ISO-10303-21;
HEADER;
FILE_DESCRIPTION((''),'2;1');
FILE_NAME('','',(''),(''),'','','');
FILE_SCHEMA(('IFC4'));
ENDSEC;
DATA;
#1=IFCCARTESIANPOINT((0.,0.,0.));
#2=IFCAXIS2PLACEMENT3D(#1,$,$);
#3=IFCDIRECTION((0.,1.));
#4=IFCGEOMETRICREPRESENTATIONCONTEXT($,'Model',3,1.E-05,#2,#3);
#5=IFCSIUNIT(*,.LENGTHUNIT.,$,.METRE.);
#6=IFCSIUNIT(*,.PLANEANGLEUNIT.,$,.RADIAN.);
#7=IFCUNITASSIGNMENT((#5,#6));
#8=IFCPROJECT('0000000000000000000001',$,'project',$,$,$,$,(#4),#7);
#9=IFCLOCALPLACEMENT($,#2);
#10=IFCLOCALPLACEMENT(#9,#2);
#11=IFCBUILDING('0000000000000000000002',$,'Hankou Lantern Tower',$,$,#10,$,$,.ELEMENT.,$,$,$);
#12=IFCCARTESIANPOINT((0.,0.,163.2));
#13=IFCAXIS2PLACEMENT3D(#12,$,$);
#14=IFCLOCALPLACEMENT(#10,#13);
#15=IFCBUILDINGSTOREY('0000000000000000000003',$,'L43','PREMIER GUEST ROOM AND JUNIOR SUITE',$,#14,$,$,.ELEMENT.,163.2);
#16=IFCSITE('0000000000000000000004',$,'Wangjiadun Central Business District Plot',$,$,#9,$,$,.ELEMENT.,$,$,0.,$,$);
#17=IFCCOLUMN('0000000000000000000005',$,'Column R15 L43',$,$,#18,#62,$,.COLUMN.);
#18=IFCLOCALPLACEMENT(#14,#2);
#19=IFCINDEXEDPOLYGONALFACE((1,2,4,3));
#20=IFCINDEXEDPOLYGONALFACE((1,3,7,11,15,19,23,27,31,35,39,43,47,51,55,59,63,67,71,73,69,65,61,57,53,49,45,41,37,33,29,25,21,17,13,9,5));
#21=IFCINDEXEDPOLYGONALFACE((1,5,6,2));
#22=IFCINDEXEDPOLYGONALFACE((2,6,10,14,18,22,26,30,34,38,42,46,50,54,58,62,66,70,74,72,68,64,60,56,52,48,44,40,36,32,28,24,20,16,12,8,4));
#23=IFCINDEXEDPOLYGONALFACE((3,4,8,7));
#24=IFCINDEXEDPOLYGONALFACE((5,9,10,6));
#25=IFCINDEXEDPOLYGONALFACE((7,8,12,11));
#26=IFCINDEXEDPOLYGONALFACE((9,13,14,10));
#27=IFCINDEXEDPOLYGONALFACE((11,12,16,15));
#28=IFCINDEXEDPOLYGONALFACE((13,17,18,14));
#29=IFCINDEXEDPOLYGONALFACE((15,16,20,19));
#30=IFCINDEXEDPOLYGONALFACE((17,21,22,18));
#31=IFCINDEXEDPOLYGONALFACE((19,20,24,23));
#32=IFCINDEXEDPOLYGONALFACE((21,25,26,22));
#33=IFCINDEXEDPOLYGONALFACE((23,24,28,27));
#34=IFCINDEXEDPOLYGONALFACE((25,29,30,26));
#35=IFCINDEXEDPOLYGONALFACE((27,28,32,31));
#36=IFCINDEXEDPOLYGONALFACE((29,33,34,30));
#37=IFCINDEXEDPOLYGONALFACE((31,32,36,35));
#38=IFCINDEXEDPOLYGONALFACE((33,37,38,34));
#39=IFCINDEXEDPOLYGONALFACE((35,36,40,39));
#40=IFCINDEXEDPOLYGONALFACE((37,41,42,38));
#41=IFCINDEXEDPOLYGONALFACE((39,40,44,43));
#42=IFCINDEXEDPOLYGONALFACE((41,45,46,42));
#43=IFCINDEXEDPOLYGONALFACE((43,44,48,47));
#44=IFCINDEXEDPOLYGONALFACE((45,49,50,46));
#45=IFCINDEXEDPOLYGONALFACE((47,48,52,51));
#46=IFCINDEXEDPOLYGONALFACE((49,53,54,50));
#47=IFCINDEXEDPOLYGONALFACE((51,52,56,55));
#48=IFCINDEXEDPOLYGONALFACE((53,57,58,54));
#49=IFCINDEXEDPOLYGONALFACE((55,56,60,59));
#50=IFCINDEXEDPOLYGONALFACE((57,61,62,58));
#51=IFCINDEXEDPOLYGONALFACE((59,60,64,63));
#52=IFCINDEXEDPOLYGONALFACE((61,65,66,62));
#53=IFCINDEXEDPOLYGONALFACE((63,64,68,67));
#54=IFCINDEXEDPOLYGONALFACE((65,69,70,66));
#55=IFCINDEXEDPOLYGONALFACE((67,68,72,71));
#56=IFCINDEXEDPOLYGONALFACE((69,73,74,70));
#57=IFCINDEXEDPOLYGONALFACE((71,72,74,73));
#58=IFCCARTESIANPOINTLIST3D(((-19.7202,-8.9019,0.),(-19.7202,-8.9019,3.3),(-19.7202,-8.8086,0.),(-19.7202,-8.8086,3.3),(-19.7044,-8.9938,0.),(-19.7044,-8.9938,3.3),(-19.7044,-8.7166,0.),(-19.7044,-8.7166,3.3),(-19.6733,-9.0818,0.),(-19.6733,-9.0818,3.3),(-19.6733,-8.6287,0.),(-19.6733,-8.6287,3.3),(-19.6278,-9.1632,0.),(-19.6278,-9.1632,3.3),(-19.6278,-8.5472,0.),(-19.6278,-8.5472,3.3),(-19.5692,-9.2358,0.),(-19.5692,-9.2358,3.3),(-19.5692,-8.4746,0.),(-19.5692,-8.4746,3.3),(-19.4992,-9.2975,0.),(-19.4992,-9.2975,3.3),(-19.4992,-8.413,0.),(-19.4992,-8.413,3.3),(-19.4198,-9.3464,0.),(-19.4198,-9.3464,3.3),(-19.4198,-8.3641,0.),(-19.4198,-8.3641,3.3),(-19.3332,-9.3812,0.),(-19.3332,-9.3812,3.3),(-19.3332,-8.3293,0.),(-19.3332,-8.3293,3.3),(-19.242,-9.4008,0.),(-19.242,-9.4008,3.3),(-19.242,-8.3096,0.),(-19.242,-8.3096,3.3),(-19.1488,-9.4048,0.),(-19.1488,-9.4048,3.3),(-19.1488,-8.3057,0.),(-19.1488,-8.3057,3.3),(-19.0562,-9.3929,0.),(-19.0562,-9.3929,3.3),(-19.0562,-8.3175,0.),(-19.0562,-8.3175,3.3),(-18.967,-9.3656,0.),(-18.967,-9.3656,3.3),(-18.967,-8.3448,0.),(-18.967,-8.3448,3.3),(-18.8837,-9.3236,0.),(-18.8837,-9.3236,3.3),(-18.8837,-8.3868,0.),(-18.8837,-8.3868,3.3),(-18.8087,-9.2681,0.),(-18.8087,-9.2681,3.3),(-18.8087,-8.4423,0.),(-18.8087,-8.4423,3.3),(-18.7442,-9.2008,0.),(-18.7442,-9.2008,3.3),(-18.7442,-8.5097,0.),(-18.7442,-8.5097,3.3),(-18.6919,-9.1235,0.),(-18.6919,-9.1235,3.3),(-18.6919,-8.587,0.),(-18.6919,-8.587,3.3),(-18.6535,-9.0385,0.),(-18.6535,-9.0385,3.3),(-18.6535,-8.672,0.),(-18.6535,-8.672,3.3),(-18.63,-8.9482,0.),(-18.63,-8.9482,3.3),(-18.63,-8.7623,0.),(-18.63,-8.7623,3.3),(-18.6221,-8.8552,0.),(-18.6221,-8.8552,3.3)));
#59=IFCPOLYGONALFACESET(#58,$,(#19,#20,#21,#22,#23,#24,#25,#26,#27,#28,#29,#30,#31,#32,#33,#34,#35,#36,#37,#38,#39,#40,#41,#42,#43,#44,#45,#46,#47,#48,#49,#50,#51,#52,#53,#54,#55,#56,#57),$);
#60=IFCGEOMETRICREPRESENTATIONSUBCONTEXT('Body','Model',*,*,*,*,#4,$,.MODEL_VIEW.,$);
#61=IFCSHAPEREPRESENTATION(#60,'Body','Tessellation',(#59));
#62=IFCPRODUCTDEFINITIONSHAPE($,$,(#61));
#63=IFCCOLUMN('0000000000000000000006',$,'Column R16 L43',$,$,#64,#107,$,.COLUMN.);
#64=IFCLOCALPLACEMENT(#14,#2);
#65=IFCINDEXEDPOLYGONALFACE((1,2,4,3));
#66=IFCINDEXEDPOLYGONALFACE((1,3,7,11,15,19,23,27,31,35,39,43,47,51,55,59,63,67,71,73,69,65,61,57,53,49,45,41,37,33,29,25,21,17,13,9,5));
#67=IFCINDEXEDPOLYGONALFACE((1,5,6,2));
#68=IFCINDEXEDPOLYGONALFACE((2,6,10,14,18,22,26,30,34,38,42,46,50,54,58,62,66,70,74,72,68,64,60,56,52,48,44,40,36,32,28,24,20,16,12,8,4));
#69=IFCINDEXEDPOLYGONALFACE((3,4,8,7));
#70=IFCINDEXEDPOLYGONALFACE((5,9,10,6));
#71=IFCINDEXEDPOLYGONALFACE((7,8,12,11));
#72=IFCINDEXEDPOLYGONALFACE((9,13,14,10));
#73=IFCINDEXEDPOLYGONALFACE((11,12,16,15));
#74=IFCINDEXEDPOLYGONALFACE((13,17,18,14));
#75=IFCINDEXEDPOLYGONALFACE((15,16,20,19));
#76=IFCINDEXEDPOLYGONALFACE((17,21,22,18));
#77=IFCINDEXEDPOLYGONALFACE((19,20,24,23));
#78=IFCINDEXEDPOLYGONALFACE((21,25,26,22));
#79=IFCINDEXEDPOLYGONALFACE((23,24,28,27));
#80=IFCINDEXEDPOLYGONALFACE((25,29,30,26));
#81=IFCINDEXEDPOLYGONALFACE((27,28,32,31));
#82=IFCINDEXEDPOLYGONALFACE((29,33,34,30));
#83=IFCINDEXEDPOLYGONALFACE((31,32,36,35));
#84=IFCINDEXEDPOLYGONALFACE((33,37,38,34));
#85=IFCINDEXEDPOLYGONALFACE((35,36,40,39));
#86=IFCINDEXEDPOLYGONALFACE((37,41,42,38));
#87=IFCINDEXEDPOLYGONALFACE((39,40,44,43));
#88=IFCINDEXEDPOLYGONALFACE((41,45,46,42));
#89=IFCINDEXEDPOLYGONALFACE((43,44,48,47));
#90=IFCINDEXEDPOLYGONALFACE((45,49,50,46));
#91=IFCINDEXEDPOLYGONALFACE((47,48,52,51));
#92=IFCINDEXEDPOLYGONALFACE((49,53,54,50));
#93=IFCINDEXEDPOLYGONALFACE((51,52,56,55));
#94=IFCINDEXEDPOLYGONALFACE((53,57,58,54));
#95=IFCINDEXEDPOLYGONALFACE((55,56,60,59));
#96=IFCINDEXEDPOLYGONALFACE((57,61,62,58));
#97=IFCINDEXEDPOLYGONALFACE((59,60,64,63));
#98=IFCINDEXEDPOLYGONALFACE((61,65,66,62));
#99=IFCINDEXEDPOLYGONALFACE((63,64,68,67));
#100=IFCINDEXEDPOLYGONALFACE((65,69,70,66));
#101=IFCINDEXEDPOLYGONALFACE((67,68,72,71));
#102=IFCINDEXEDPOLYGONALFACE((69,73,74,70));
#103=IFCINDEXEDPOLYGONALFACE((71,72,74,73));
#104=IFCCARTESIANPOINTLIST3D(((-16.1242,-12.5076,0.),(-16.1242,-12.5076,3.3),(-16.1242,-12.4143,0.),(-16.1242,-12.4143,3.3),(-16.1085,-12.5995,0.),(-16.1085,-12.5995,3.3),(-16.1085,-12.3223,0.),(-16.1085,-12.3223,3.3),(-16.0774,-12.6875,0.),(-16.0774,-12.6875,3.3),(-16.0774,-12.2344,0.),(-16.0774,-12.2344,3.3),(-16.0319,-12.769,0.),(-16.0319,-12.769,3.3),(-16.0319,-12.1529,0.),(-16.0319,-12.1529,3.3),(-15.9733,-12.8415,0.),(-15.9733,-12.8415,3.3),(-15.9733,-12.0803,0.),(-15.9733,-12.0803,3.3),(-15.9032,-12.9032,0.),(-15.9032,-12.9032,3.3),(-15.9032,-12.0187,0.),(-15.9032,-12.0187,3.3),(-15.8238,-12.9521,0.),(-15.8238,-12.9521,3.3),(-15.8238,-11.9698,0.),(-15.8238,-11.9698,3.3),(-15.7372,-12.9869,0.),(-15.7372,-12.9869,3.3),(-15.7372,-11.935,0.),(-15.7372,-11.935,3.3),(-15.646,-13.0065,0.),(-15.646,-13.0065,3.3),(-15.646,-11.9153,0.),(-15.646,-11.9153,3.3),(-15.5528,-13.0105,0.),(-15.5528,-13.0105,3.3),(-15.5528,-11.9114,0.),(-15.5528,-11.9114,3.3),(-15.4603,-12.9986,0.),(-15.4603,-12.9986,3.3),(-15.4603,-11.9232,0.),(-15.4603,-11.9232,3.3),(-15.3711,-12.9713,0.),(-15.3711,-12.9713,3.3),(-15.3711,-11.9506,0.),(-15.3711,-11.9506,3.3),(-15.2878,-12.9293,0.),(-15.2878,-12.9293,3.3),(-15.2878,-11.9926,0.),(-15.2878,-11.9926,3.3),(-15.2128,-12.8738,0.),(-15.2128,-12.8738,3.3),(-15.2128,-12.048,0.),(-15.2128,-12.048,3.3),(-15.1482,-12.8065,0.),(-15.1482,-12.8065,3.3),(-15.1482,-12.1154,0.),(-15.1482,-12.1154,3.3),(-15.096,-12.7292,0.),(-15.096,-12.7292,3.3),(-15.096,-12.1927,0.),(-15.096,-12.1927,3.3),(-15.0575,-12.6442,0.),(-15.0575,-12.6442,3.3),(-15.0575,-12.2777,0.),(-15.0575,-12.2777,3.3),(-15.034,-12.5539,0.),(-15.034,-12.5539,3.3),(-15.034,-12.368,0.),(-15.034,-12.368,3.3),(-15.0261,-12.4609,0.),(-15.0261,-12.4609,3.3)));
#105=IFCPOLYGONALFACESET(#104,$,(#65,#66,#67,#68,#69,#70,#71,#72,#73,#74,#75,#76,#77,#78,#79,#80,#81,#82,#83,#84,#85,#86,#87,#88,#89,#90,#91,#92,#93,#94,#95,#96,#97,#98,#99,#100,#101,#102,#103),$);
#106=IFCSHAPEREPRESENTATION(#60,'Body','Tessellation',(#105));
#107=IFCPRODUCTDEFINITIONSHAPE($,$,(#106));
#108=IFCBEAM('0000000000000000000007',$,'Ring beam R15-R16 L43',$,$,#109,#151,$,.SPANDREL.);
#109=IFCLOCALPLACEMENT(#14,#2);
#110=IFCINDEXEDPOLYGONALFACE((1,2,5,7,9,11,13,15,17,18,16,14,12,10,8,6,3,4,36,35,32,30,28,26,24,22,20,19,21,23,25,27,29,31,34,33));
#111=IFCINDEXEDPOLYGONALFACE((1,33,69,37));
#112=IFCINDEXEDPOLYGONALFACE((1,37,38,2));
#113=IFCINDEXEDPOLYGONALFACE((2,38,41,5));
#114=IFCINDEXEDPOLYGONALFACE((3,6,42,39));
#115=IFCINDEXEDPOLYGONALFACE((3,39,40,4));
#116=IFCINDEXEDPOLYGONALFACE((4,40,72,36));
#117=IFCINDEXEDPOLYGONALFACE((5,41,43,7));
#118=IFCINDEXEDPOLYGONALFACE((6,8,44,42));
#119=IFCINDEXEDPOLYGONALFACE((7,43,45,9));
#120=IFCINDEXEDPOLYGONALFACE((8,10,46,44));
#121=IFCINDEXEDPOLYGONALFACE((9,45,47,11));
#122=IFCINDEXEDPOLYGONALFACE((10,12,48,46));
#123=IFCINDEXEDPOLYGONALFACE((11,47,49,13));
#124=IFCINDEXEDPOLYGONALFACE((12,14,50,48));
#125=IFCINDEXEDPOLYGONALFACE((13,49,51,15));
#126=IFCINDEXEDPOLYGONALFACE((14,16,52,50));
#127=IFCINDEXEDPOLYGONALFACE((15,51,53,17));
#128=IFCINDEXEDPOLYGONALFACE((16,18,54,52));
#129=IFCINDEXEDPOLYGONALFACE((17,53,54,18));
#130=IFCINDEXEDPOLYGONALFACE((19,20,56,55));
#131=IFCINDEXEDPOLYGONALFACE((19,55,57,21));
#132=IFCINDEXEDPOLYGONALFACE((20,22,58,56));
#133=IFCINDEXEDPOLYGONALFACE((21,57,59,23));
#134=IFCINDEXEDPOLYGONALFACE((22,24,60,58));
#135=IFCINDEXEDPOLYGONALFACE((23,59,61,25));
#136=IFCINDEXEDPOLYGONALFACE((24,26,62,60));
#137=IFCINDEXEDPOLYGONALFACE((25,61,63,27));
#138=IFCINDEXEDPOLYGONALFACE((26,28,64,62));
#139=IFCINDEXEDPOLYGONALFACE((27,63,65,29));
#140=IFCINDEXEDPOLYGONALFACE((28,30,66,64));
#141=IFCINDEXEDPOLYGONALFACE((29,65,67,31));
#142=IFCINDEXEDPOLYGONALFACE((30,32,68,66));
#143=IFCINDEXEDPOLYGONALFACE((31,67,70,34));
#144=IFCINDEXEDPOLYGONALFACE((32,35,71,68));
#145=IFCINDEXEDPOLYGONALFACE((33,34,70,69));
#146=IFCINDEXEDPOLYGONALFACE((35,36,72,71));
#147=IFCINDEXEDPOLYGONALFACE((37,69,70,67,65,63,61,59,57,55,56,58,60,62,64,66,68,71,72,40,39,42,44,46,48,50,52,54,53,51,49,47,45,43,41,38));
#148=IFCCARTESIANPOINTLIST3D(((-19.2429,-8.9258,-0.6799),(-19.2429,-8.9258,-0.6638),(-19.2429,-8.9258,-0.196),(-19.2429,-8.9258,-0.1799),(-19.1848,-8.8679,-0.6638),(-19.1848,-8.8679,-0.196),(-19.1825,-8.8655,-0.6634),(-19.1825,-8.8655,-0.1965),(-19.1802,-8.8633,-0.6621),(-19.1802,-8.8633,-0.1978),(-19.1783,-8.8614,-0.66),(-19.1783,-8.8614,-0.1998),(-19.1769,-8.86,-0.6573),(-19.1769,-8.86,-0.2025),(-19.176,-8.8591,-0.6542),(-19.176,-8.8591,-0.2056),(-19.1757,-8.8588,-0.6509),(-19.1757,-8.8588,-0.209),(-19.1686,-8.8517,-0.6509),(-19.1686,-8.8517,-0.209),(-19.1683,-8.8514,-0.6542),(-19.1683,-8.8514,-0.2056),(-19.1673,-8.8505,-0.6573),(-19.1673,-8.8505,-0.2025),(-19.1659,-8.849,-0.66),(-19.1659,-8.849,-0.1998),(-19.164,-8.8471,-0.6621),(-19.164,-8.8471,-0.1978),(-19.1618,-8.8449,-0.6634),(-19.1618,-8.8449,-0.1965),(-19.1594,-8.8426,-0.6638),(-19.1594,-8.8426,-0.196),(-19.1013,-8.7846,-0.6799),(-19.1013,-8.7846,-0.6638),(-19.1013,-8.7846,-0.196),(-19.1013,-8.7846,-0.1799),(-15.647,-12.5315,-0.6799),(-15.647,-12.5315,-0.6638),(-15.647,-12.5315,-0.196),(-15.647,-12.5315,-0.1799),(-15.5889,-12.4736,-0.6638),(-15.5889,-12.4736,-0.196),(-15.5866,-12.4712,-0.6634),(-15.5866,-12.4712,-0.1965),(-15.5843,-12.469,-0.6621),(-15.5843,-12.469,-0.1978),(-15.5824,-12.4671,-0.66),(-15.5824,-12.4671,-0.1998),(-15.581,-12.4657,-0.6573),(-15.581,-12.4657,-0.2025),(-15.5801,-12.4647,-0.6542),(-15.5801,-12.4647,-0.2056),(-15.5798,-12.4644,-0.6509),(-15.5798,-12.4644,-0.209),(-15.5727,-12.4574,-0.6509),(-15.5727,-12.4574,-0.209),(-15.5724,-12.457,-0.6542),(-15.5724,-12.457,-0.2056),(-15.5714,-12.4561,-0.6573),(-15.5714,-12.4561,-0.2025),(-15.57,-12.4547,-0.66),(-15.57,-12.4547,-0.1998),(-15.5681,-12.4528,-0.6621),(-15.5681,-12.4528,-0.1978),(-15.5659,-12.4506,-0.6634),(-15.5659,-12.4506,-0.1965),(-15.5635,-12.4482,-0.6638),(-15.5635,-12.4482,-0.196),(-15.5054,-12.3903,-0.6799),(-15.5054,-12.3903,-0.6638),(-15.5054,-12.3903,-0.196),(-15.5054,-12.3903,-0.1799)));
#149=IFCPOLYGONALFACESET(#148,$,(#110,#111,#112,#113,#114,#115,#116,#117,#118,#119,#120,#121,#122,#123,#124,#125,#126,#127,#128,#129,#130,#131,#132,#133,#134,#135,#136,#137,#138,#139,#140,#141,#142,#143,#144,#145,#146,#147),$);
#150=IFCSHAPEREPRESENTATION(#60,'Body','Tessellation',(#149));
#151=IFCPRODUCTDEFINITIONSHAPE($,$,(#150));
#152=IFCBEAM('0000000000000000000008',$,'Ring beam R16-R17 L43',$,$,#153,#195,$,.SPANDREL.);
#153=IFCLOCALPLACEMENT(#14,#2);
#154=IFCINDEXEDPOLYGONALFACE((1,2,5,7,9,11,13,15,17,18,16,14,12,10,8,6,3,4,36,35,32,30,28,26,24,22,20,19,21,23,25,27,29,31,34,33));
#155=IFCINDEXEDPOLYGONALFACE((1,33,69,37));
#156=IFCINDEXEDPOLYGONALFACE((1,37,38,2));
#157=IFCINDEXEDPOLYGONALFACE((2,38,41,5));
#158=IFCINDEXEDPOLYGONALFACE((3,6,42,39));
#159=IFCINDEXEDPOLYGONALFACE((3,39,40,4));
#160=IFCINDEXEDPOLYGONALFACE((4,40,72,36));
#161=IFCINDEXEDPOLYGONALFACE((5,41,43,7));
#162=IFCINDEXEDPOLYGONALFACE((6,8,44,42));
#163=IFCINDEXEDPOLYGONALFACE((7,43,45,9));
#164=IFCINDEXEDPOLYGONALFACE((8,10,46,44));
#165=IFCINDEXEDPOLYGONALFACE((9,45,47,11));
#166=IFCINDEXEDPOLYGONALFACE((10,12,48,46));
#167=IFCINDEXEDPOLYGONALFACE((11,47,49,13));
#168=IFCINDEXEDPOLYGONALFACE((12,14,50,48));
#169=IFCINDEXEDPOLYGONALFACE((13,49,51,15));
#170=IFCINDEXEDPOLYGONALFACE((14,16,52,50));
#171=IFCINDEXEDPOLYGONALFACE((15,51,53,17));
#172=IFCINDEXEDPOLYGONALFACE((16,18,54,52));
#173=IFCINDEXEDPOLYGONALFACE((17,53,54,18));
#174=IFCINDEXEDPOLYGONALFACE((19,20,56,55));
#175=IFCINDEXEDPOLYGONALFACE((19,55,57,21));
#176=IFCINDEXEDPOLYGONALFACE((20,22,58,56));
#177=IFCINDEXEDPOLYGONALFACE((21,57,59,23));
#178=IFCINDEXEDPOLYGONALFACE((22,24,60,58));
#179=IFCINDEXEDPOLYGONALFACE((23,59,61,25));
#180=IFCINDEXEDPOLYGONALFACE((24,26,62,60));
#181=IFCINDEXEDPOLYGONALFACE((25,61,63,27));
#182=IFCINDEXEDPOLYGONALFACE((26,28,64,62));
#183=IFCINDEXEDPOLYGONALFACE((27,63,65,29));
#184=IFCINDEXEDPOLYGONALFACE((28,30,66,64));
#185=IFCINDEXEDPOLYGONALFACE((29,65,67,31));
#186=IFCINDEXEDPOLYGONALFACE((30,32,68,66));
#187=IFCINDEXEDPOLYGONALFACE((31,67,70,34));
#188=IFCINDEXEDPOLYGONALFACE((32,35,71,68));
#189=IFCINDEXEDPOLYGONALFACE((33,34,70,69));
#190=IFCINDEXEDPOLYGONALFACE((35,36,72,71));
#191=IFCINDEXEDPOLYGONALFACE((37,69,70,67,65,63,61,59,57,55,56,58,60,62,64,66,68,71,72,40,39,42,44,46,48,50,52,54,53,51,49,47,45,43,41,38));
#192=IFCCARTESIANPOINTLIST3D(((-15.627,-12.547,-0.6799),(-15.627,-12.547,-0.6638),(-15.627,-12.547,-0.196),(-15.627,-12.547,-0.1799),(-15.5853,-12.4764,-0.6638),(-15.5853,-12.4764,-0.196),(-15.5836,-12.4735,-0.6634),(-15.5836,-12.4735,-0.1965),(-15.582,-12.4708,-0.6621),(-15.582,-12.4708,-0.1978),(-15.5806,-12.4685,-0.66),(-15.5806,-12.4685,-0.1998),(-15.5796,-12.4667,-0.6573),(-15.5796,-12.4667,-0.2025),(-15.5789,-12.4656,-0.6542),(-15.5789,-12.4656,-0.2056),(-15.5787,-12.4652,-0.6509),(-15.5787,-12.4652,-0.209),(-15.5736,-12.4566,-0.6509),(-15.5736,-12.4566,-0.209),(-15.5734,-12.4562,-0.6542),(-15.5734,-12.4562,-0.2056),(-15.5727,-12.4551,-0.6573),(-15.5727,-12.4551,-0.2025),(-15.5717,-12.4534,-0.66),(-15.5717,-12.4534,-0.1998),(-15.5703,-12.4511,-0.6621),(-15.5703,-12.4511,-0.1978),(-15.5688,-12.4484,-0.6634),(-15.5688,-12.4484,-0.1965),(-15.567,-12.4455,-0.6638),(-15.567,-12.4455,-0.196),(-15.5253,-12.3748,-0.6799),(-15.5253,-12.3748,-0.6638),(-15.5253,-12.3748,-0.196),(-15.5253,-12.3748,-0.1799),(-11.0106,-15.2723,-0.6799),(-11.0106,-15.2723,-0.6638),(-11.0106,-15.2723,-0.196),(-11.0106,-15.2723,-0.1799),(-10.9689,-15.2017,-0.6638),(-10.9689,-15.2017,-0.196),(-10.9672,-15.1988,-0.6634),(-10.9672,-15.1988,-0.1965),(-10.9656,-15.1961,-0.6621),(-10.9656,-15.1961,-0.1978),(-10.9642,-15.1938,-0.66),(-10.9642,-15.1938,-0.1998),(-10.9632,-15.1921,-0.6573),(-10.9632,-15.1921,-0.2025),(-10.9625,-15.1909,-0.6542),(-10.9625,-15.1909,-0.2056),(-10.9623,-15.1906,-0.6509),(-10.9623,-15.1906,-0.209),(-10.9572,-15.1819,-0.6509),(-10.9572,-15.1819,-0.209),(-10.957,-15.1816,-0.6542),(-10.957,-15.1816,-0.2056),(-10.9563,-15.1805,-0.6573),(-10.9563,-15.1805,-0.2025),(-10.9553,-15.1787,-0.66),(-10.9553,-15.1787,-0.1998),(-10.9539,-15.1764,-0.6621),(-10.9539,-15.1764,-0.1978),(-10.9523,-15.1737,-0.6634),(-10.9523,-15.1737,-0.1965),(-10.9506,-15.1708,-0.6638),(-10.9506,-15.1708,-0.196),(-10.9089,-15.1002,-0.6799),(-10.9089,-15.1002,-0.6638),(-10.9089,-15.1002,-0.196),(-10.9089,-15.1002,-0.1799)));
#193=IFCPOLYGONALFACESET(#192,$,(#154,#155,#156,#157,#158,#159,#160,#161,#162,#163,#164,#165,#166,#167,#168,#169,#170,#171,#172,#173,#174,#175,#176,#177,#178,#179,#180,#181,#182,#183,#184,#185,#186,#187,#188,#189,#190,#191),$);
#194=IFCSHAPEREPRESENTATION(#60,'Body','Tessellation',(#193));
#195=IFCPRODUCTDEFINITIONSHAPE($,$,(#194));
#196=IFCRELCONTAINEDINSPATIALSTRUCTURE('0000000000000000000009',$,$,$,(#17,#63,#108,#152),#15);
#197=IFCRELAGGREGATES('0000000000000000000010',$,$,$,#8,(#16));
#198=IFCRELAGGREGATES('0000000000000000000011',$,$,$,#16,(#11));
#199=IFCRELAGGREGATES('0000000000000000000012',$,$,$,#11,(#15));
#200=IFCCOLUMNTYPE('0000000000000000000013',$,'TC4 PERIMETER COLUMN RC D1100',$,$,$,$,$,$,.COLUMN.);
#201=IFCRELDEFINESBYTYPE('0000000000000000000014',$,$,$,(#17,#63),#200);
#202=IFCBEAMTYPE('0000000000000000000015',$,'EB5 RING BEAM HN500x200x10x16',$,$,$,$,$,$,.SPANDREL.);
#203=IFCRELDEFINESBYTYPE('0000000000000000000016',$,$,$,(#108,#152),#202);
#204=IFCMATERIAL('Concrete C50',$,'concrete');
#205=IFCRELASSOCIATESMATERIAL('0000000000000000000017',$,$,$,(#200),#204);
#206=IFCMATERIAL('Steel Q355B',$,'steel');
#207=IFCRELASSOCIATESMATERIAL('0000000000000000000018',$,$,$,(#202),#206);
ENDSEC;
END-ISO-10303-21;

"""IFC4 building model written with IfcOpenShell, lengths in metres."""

from ifc_helpers import new_model, si_unit, direction, frame, origin, origin_2d, place, context, subcontext, project, spatial, circle, i_section, extrude, material, material_profile, profile_set, type_object, element, save


model = new_model("IFC4")

# Units and contexts
model_context = context("Model", 3, precision=1e-05, world=origin(), true_north=direction((0.0, 1.0)))
body_context = subcontext(model_context, "Body", "Model", "MODEL_VIEW")
ifc_project = project(units=[si_unit("LENGTHUNIT", "METRE"), si_unit("PLANEANGLEUNIT", "RADIAN")], contexts=[model_context])

# Site, building, storey
site_placement = place(None, origin())
site = spatial("IfcSite", under=ifc_project, at=site_placement, Name="Wangjiadun Central Business District Plot", CompositionType="ELEMENT", RefElevation=0.0)
building_placement = place(site_placement, origin())
building = spatial("IfcBuilding", under=site, at=building_placement, Name="Hankou Lantern Tower", CompositionType="ELEMENT")
storey_placement = place(building_placement, frame((0.0, 0.0, 163.2)))
storey = spatial("IfcBuildingStorey", under=building, at=storey_placement, Name="L43", Description="PREMIER GUEST ROOM AND JUNIOR SUITE", CompositionType="ELEMENT", Elevation=163.2)

# Columns
ifc_material_1 = material(Name="Concrete C50", Category="concrete")
ifc_material_profile_1 = material_profile(ifc_material_1, circle(Radius=0.55, at=origin_2d()), Name="RC D1100")
ifc_profile_set_1 = profile_set([ifc_material_profile_1], Name="Concrete C50")
column_type = type_object("IfcColumnType", Name="TC4 PERIMETER COLUMN RC D1100", PredefinedType="COLUMN", material=ifc_profile_set_1)
for number, where, z_axis, x_axis, name in (
    (1, (-19.1721, -8.8552, 0.0), (0.0, 0.0, 1.0), (1.0, 0.0, 0.0), "Column R15 L43"),
    (2, (-15.5762, -12.4609, 0.0), (0.0, 0.0, 1.0), (1.0, 0.0, 0.0), "Column R16 L43"),
):
    element("IfcColumn", number, at=place(storey_placement, frame(where, z_axis=z_axis, x_axis=x_axis)), inside=storey, type_object=column_type, Name=name, PredefinedType="COLUMN", context=body_context, shape_type="SweptSolid", body=[
        extrude(circle(Radius=0.55, at=origin_2d()), origin(), (0.0, 0.0, 1.0), 3.3),
    ])

# Beams
ifc_material_2 = material(Name="Steel Q355B", Category="steel")
ifc_material_profile_2 = material_profile(ifc_material_2, i_section(OverallWidth=0.2, OverallDepth=0.5, WebThickness=0.01, FlangeThickness=0.0161, FilletRadius=0.0129, at=origin_2d()), Name="HN500x200x10x16")
ifc_profile_set_2 = profile_set([ifc_material_profile_2], Name="Steel Q355B")
beam_type_1 = type_object("IfcBeamType", Name="EB5 RING BEAM HN500x200x10x16", PredefinedType="SPANDREL", material=ifc_profile_set_2)
beam_1_placement = place(storey_placement, frame((-19.1721, -8.8552, -0.4299), z_axis=(0.706147, -0.708065, 0.0), x_axis=(0.708065, 0.706147, 0.0)))
element("IfcBeam", 3, at=beam_1_placement, inside=storey, type_object=beam_type_1, Name="Ring beam R15-R16 L43", PredefinedType="SPANDREL", context=body_context, shape_type="SweptSolid", body=[
    extrude(i_section(OverallWidth=0.2, OverallDepth=0.5, WebThickness=0.01, FlangeThickness=0.0161, FilletRadius=0.0129, at=origin_2d()), origin(), (0.0, 0.0, 1.0), 5.0923),
])
beam_2_placement = place(storey_placement, frame((-15.5762, -12.4609, -0.4299), z_axis=(0.861136, -0.508375, 0.0), x_axis=(0.508375, 0.861136, 0.0)))
element("IfcBeam", 4, at=beam_2_placement, inside=storey, type_object=beam_type_1, Name="Ring beam R16-R17 L43", PredefinedType="SPANDREL", context=body_context, shape_type="SweptSolid", body=[
    extrude(i_section(OverallWidth=0.2, OverallDepth=0.5, WebThickness=0.01, FlangeThickness=0.0161, FilletRadius=0.0129, at=origin_2d()), origin(), (0.0, 0.0, 1.0), 5.3608),
])

save(model, "model.ifc")
